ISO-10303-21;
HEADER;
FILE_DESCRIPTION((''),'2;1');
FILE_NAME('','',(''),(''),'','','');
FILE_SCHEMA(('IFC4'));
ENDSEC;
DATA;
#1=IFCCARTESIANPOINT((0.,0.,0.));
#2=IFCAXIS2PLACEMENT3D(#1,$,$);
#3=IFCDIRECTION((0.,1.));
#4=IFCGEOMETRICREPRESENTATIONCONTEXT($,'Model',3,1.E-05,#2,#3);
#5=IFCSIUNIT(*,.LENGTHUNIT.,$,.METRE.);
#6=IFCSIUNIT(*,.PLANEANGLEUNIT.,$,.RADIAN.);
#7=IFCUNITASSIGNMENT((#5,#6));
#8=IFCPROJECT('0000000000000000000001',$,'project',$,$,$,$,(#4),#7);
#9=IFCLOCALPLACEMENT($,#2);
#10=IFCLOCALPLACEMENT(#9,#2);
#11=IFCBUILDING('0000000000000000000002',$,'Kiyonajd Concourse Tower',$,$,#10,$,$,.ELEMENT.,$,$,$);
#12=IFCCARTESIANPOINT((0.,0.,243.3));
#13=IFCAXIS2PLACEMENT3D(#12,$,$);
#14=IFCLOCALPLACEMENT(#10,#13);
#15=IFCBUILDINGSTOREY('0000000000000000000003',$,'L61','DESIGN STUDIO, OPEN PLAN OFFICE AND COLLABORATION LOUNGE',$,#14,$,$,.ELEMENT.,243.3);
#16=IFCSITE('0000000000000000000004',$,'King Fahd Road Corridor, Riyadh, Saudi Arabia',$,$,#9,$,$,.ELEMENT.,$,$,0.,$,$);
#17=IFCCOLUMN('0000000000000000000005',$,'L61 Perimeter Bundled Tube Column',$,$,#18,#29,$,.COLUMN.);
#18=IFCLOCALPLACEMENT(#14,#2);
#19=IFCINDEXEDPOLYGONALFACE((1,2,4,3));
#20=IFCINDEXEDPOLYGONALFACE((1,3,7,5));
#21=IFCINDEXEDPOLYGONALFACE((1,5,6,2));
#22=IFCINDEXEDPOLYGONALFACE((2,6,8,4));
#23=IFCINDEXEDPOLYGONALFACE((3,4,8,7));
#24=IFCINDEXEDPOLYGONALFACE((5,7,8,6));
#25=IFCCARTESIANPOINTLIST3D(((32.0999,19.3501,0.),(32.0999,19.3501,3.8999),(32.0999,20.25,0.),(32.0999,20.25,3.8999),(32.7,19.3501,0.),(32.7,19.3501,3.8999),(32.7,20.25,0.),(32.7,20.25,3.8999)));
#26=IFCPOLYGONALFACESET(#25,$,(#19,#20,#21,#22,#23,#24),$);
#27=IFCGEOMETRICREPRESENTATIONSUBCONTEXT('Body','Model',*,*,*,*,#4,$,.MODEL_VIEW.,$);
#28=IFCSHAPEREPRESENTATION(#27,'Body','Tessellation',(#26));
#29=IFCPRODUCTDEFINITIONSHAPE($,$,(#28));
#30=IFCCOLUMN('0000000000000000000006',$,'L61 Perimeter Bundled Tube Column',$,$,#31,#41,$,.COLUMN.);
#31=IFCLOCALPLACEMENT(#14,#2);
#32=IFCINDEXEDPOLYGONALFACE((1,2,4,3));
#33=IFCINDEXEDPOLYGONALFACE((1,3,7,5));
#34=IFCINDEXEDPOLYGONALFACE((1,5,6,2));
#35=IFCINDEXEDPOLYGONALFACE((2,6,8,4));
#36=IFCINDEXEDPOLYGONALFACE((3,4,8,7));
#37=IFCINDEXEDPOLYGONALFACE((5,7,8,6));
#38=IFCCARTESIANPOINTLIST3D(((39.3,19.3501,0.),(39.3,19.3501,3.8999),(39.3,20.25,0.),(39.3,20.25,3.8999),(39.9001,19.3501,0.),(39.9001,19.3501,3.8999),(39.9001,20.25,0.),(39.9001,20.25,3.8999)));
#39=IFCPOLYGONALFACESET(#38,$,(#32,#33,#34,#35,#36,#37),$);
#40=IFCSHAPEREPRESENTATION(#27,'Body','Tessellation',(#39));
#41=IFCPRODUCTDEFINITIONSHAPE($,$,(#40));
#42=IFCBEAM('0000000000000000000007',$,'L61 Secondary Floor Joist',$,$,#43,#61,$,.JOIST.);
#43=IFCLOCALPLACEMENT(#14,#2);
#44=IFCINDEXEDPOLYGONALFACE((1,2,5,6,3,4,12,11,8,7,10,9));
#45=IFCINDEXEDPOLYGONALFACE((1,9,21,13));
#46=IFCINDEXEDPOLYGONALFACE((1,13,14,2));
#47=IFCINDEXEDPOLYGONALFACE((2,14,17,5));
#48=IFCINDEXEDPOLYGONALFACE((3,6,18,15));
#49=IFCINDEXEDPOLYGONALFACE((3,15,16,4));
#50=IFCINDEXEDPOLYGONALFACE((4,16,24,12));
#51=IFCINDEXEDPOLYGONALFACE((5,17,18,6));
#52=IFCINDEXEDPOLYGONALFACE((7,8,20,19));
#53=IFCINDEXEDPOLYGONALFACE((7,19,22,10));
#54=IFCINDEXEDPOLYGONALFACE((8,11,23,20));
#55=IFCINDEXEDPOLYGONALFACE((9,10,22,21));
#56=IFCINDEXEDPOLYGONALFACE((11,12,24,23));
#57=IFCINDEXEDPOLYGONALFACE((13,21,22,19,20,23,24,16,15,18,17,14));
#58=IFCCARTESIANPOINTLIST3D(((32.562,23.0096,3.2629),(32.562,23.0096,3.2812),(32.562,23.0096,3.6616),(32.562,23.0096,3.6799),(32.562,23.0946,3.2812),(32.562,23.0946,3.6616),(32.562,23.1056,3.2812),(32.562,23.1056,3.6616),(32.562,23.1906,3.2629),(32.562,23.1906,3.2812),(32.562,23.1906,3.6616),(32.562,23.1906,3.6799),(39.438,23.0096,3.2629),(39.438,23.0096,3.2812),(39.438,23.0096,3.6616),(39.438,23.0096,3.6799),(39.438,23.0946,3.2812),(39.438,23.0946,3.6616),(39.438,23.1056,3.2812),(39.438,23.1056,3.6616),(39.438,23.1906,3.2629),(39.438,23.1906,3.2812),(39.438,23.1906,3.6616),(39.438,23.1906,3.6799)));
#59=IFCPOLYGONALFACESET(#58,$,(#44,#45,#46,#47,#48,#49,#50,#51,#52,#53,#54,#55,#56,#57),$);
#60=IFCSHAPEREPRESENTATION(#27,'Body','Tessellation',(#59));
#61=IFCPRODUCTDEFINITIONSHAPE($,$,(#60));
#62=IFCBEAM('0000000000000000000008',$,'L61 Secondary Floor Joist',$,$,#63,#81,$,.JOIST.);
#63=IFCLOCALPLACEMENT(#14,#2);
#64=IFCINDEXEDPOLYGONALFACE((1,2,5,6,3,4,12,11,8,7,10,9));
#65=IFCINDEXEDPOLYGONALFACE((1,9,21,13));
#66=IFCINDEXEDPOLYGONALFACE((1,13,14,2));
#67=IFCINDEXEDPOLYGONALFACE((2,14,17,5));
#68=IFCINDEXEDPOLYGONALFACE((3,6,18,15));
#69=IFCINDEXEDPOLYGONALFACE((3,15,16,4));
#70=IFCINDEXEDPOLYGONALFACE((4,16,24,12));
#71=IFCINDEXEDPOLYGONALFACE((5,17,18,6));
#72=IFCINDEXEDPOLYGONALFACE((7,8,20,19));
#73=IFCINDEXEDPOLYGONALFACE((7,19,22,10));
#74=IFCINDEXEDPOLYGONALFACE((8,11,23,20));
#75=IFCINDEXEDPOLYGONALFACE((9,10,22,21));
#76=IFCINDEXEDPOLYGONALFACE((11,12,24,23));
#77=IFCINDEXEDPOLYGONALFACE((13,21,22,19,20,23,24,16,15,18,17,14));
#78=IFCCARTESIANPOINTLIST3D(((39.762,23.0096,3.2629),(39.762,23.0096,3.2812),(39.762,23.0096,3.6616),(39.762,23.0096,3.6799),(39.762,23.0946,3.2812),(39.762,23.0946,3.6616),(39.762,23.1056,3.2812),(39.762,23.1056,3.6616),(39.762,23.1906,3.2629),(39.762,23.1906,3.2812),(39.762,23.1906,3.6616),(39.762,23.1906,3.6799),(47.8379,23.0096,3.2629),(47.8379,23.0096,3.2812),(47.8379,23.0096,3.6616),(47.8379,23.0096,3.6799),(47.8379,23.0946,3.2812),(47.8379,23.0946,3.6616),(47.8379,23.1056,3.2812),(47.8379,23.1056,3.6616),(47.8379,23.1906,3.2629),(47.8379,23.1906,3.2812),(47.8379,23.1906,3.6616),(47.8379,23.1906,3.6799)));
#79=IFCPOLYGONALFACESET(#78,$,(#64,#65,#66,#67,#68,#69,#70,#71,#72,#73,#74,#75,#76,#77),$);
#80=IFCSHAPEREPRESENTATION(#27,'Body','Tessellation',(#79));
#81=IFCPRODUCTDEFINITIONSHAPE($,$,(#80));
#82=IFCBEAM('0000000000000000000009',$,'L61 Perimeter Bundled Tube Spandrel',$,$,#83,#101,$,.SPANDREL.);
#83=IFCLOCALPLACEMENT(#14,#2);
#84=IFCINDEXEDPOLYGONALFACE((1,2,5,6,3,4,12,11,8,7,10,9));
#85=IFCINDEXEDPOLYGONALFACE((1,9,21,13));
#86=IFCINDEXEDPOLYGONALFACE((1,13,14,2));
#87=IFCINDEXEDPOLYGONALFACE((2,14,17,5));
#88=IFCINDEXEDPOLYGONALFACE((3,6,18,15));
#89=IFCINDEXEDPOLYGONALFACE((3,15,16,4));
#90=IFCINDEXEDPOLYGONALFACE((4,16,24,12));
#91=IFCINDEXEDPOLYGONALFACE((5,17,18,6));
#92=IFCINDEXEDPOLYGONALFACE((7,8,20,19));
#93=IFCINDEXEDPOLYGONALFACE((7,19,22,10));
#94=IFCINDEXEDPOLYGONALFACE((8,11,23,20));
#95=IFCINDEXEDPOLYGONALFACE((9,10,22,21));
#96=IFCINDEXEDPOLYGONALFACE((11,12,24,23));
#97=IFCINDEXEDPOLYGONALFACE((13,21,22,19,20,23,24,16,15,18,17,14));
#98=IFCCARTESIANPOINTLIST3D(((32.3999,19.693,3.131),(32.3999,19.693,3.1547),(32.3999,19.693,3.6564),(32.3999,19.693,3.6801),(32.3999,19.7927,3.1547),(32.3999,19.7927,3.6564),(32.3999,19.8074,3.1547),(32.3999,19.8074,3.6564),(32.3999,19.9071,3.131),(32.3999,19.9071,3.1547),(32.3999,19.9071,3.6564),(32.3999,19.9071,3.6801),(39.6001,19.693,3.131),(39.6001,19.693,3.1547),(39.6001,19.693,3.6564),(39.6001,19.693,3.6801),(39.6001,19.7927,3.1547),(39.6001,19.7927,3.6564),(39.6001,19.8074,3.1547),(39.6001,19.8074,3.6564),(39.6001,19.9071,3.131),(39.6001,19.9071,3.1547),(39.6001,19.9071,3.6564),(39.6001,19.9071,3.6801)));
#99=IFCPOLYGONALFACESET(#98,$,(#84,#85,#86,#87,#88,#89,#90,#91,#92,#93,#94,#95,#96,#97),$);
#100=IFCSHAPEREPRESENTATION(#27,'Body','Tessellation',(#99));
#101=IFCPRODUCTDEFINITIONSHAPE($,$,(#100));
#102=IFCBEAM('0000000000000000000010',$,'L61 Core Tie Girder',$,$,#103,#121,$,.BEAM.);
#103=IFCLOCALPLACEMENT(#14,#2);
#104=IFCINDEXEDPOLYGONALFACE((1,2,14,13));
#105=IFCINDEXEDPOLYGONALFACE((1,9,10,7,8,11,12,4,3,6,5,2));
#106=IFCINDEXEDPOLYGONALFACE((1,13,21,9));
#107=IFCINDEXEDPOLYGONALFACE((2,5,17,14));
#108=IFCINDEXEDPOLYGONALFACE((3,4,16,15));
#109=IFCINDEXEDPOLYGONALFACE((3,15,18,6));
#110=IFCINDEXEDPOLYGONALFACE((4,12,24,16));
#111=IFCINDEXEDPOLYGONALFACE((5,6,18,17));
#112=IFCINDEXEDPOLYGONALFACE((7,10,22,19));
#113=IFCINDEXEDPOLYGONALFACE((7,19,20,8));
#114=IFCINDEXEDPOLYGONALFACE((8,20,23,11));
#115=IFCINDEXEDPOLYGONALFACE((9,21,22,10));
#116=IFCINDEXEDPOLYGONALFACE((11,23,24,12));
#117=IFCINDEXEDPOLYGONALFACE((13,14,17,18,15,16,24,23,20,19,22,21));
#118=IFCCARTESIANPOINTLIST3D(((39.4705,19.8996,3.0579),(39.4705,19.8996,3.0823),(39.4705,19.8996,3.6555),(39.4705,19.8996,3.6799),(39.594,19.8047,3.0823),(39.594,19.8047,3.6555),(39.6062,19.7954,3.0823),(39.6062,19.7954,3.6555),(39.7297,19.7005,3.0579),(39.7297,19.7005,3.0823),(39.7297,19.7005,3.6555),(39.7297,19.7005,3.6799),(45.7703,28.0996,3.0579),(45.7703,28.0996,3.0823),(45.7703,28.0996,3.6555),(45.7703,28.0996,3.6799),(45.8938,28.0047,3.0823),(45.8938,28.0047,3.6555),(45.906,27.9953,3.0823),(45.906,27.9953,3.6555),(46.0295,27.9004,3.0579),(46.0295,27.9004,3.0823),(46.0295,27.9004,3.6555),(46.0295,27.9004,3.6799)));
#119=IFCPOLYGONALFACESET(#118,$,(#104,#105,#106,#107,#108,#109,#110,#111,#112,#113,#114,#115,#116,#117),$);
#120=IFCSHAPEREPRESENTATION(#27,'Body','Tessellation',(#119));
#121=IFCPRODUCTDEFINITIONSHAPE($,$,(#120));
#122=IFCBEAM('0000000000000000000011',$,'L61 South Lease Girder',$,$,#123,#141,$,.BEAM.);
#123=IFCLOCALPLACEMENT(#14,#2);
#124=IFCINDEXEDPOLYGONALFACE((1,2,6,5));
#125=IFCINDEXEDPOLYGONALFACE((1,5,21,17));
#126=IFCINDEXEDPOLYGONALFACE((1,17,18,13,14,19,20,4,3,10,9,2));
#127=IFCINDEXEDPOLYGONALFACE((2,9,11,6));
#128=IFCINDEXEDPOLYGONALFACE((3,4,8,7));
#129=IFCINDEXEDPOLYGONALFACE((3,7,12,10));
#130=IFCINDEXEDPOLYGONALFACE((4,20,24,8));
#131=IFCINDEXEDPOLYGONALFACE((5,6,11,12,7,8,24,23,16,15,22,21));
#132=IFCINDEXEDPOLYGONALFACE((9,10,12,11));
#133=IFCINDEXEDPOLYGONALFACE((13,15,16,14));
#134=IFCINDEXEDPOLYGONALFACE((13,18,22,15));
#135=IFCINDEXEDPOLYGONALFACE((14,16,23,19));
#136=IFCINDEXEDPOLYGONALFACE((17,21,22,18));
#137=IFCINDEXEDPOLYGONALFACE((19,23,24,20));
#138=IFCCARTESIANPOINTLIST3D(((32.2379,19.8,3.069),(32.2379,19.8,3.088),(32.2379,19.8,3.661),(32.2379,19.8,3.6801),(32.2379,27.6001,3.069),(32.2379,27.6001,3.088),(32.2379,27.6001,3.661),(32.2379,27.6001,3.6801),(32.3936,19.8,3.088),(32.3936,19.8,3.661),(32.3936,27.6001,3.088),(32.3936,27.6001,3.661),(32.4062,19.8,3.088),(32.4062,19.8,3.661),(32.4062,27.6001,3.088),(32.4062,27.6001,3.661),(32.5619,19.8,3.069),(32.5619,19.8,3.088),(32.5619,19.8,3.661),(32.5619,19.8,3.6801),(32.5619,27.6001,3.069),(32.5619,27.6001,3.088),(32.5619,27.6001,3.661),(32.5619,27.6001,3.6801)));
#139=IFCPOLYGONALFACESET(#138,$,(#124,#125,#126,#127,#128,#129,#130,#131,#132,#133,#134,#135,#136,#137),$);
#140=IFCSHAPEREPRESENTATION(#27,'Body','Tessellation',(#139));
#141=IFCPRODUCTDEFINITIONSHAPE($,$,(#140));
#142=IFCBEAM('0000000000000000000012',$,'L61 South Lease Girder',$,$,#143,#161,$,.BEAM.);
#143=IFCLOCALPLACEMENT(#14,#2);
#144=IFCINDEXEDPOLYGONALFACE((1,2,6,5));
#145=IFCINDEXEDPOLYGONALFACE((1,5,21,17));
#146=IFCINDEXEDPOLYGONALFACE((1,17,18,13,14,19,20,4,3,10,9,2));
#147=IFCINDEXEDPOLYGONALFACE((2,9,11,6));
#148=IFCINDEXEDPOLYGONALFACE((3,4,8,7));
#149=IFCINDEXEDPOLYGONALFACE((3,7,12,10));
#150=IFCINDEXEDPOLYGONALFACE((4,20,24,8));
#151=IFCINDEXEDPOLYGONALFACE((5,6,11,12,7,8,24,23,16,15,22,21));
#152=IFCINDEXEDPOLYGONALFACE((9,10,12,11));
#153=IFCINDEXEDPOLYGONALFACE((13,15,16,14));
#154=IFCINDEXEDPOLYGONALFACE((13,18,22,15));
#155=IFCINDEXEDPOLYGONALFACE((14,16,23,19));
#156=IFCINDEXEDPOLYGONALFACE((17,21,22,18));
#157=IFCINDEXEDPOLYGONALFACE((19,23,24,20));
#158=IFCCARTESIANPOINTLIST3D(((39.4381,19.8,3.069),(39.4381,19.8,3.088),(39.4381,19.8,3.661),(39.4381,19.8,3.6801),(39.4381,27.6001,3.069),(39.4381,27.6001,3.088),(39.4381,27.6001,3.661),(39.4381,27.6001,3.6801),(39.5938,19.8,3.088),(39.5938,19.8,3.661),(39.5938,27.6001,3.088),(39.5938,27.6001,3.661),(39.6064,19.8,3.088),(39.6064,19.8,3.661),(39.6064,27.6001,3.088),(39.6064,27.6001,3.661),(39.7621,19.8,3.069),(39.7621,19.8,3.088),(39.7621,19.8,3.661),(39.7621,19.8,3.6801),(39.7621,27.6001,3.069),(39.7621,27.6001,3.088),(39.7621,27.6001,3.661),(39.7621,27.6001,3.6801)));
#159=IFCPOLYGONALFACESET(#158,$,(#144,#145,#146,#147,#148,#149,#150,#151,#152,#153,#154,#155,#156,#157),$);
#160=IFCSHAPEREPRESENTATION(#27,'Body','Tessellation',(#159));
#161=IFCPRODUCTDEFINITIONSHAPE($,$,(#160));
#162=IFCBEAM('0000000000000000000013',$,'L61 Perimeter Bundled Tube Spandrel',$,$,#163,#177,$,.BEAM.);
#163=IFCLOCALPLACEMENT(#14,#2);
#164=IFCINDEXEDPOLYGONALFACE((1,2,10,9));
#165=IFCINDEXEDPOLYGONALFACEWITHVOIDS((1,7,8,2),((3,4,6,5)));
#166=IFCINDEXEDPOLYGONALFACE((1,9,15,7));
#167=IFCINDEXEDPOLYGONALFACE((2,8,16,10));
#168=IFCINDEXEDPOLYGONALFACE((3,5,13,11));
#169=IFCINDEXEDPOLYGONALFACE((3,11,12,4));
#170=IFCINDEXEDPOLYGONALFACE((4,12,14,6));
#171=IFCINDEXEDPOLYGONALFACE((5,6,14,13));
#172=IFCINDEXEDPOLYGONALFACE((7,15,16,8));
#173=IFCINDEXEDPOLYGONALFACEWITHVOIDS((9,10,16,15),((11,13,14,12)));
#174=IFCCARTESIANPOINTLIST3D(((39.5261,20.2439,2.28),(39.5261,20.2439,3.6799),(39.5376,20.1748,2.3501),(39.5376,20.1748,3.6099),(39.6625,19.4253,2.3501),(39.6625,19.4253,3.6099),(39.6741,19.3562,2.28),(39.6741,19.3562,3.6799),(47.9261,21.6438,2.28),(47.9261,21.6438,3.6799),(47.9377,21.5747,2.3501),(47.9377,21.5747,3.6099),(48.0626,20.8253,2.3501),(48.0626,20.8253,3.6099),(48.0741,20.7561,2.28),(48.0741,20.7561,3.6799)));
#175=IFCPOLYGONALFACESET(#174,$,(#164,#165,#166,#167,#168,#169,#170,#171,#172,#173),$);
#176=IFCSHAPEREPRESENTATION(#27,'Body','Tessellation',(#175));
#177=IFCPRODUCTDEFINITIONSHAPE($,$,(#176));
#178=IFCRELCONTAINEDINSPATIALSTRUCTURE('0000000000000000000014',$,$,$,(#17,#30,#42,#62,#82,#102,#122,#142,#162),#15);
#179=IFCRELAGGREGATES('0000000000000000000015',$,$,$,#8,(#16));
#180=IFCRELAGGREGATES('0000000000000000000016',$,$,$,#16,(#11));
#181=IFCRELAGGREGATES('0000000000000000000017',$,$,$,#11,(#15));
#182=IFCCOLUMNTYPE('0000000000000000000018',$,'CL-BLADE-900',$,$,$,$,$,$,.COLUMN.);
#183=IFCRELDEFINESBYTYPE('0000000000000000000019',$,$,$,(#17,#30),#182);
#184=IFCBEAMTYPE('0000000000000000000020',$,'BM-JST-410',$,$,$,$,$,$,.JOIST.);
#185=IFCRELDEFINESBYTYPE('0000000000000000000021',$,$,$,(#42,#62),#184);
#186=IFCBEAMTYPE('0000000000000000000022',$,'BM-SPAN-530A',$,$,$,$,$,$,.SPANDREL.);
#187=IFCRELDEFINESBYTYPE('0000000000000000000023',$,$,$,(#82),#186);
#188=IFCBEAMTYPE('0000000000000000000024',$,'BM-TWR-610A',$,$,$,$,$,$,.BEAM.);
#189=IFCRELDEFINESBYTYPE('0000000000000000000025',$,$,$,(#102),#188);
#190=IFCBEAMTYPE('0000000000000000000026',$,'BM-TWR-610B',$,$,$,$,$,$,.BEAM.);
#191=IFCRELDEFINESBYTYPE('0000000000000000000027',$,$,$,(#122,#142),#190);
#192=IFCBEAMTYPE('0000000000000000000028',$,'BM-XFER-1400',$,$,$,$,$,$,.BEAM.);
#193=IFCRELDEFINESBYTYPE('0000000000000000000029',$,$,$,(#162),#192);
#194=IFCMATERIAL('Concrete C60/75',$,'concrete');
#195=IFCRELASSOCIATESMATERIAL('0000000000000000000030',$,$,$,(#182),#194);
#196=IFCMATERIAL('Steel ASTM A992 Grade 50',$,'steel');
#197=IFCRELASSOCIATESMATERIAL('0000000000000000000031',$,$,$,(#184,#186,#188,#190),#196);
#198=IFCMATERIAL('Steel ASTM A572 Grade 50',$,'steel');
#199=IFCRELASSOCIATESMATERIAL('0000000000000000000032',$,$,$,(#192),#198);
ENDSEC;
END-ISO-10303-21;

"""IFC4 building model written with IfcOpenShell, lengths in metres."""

from ifc_helpers import new_model, si_unit, direction, frame, origin, origin_2d, place, context, subcontext, project, spatial, rectangle, hollow_rectangle, i_section, extrude, material, material_profile, profile_set, type_object, element, save


model = new_model("IFC4")

# Units and contexts
model_context = context("Model", 3, precision=1e-05, world=origin(), true_north=direction((0.0, 1.0)))
body_context = subcontext(model_context, "Body", "Model", "MODEL_VIEW")
ifc_project = project(units=[si_unit("LENGTHUNIT", "METRE"), si_unit("PLANEANGLEUNIT", "RADIAN")], contexts=[model_context])

# Site, building, storey
site_placement = place(None, origin())
site = spatial("IfcSite", under=ifc_project, at=site_placement, Name="King Fahd Road Corridor, Riyadh, Saudi Arabia", CompositionType="ELEMENT", RefElevation=0.0)
building_placement = place(site_placement, origin())
building = spatial("IfcBuilding", under=site, at=building_placement, Name="Kiyonajd Concourse Tower", CompositionType="ELEMENT")
storey_placement = place(building_placement, frame((0.0, 0.0, 243.3)))
storey = spatial("IfcBuildingStorey", under=building, at=storey_placement, Name="L61", Description="DESIGN STUDIO, OPEN PLAN OFFICE AND COLLABORATION LOUNGE", CompositionType="ELEMENT", Elevation=243.3)

# Columns
ifc_material_1 = material(Name="Concrete C60/75", Category="concrete")
ifc_material_profile_1 = material_profile(ifc_material_1, rectangle(XDim=0.6001, YDim=0.8999, at=origin_2d()), Name="RC-900x600")
ifc_profile_set_1 = profile_set([ifc_material_profile_1], Name="Concrete C60/75")
column_type = type_object("IfcColumnType", Name="CL-BLADE-900", PredefinedType="COLUMN", material=ifc_profile_set_1)
for number, where, z_axis, x_axis, name in (
    (1, (32.3999, 19.8, 0.0), (0.0, 0.0, 1.0), (1.0, 0.0, 0.0), "L61 Perimeter Bundled Tube Column"),
    (2, (39.6001, 19.8, 0.0), (0.0, 0.0, 1.0), (1.0, 0.0, 0.0), "L61 Perimeter Bundled Tube Column"),
):
    element("IfcColumn", number, at=place(storey_placement, frame(where, z_axis=z_axis, x_axis=x_axis)), inside=storey, type_object=column_type, Name=name, PredefinedType="COLUMN", context=body_context, shape_type="SweptSolid", body=[
        extrude(rectangle(XDim=0.6001, YDim=0.8999, at=origin_2d()), origin(), (0.0, 0.0, 1.0), 3.8999),
    ])

# Beams
ifc_material_2 = material(Name="Steel ASTM A992 Grade 50", Category="steel")
ifc_material_profile_2 = material_profile(ifc_material_2, i_section(OverallWidth=0.1809, OverallDepth=0.417, WebThickness=0.011, FlangeThickness=0.0183, at=origin_2d()), Name="W410X85")
ifc_profile_set_2 = profile_set([ifc_material_profile_2], Name="Steel ASTM A992 Grade 50")
beam_type_1 = type_object("IfcBeamType", Name="BM-JST-410", PredefinedType="JOIST", material=ifc_profile_set_2)
beam_1_placement = place(storey_placement, frame((32.562, 23.1001, 3.4714), z_axis=(1.0, 0.0, 0.0), x_axis=(0.0, 1.0, 0.0)))
element("IfcBeam", 3, at=beam_1_placement, inside=storey, type_object=beam_type_1, Name="L61 Secondary Floor Joist", PredefinedType="JOIST", context=body_context, shape_type="SweptSolid", body=[
    extrude(i_section(OverallWidth=0.1809, OverallDepth=0.417, WebThickness=0.011, FlangeThickness=0.0183, at=origin_2d()), origin(), (0.0, 0.0, 1.0), 6.876),
])
beam_2_placement = place(storey_placement, frame((39.762, 23.1001, 3.4714), z_axis=(1.0, 0.0, 0.0), x_axis=(0.0, 1.0, 0.0)))
element("IfcBeam", 4, at=beam_2_placement, inside=storey, type_object=beam_type_1, Name="L61 Secondary Floor Joist", PredefinedType="JOIST", context=body_context, shape_type="SweptSolid", body=[
    extrude(i_section(OverallWidth=0.1809, OverallDepth=0.417, WebThickness=0.011, FlangeThickness=0.0183, at=origin_2d()), origin(), (0.0, 0.0, 1.0), 8.0759),
])
ifc_material_profile_3 = material_profile(ifc_material_2, i_section(OverallWidth=0.2141, OverallDepth=0.5491, WebThickness=0.0146, FlangeThickness=0.0237, at=origin_2d()), Name="W530X138")
ifc_profile_set_3 = profile_set([ifc_material_profile_3], Name="Steel ASTM A992 Grade 50")
beam_type_2 = type_object("IfcBeamType", Name="BM-SPAN-530A", PredefinedType="SPANDREL", material=ifc_profile_set_3)
beam_3_placement = place(storey_placement, frame((32.3999, 19.8, 3.4055), z_axis=(1.0, 0.0, 0.0), x_axis=(0.0, 1.0, 0.0)))
element("IfcBeam", 5, at=beam_3_placement, inside=storey, type_object=beam_type_2, Name="L61 Perimeter Bundled Tube Spandrel", PredefinedType="SPANDREL", context=body_context, shape_type="SweptSolid", body=[
    extrude(i_section(OverallWidth=0.2141, OverallDepth=0.5491, WebThickness=0.0146, FlangeThickness=0.0237, at=origin_2d()), origin(), (0.0, 0.0, 1.0), 7.2002),
])
ifc_material_profile_4 = material_profile(ifc_material_2, i_section(OverallWidth=0.3269, OverallDepth=0.6221, WebThickness=0.0154, FlangeThickness=0.0244, at=origin_2d()), Name="W610X195")
ifc_profile_set_4 = profile_set([ifc_material_profile_4], Name="Steel ASTM A992 Grade 50")
beam_type_3 = type_object("IfcBeamType", Name="BM-TWR-610A", PredefinedType="BEAM", material=ifc_profile_set_4)
beam_4_placement = place(storey_placement, frame((39.6001, 19.8, 3.3689), z_axis=(0.609234, 0.792991, 0.0), x_axis=(-0.792991, 0.609234, 0.0)))
element("IfcBeam", 6, at=beam_4_placement, inside=storey, type_object=beam_type_3, Name="L61 Core Tie Girder", PredefinedType="BEAM", context=body_context, shape_type="SweptSolid", body=[
    extrude(i_section(OverallWidth=0.3269, OverallDepth=0.6221, WebThickness=0.0154, FlangeThickness=0.0244, at=origin_2d()), origin(), (0.0, 0.0, 1.0), 10.3406),
])
ifc_material_profile_5 = material_profile(ifc_material_2, i_section(OverallWidth=0.324, OverallDepth=0.6111, WebThickness=0.0127, FlangeThickness=0.019, at=origin_2d()), Name="W610X155")
ifc_profile_set_5 = profile_set([ifc_material_profile_5], Name="Steel ASTM A992 Grade 50")
beam_type_4 = type_object("IfcBeamType", Name="BM-TWR-610B", PredefinedType="BEAM", material=ifc_profile_set_5)
for number, where, z_axis, x_axis, name in (
    (7, (32.3999, 19.8, 3.3745), (0.0, 1.0, 0.0), (-1.0, 0.0, 0.0), "L61 South Lease Girder"),
    (8, (39.6001, 19.8, 3.3745), (0.0, 1.0, 0.0), (-1.0, 0.0, 0.0), "L61 South Lease Girder"),
):
    element("IfcBeam", number, at=place(storey_placement, frame(where, z_axis=z_axis, x_axis=x_axis)), inside=storey, type_object=beam_type_4, Name=name, PredefinedType="BEAM", context=body_context, shape_type="SweptSolid", body=[
        extrude(i_section(OverallWidth=0.324, OverallDepth=0.6111, WebThickness=0.0127, FlangeThickness=0.019, at=origin_2d()), origin(), (0.0, 0.0, 1.0), 7.8),
    ])
ifc_material_3 = material(Name="Steel ASTM A572 Grade 50", Category="steel")
ifc_material_profile_6 = material_profile(ifc_material_3, hollow_rectangle(XDim=0.8999, YDim=1.3999, WallThickness=0.0701, at=origin_2d()), Name="BOX-1400x900x70")
ifc_profile_set_6 = profile_set([ifc_material_profile_6], Name="Steel ASTM A572 Grade 50")
beam_type_5 = type_object("IfcBeamType", Name="BM-XFER-1400", PredefinedType="BEAM", material=ifc_profile_set_6)
beam_5_placement = place(storey_placement, frame((39.6001, 19.8, 2.98), z_axis=(0.986395, 0.16439, 0.0), x_axis=(-0.16439, 0.986395, 0.0)))
element("IfcBeam", 9, at=beam_5_placement, inside=storey, type_object=beam_type_5, Name="L61 Perimeter Bundled Tube Spandrel", PredefinedType="BEAM", context=body_context, shape_type="SweptSolid", body=[
    extrude(hollow_rectangle(XDim=0.8999, YDim=1.3999, WallThickness=0.0701, at=origin_2d()), origin(), (0.0, 0.0, 1.0), 8.5159),
])

save(model, "model.ifc")
